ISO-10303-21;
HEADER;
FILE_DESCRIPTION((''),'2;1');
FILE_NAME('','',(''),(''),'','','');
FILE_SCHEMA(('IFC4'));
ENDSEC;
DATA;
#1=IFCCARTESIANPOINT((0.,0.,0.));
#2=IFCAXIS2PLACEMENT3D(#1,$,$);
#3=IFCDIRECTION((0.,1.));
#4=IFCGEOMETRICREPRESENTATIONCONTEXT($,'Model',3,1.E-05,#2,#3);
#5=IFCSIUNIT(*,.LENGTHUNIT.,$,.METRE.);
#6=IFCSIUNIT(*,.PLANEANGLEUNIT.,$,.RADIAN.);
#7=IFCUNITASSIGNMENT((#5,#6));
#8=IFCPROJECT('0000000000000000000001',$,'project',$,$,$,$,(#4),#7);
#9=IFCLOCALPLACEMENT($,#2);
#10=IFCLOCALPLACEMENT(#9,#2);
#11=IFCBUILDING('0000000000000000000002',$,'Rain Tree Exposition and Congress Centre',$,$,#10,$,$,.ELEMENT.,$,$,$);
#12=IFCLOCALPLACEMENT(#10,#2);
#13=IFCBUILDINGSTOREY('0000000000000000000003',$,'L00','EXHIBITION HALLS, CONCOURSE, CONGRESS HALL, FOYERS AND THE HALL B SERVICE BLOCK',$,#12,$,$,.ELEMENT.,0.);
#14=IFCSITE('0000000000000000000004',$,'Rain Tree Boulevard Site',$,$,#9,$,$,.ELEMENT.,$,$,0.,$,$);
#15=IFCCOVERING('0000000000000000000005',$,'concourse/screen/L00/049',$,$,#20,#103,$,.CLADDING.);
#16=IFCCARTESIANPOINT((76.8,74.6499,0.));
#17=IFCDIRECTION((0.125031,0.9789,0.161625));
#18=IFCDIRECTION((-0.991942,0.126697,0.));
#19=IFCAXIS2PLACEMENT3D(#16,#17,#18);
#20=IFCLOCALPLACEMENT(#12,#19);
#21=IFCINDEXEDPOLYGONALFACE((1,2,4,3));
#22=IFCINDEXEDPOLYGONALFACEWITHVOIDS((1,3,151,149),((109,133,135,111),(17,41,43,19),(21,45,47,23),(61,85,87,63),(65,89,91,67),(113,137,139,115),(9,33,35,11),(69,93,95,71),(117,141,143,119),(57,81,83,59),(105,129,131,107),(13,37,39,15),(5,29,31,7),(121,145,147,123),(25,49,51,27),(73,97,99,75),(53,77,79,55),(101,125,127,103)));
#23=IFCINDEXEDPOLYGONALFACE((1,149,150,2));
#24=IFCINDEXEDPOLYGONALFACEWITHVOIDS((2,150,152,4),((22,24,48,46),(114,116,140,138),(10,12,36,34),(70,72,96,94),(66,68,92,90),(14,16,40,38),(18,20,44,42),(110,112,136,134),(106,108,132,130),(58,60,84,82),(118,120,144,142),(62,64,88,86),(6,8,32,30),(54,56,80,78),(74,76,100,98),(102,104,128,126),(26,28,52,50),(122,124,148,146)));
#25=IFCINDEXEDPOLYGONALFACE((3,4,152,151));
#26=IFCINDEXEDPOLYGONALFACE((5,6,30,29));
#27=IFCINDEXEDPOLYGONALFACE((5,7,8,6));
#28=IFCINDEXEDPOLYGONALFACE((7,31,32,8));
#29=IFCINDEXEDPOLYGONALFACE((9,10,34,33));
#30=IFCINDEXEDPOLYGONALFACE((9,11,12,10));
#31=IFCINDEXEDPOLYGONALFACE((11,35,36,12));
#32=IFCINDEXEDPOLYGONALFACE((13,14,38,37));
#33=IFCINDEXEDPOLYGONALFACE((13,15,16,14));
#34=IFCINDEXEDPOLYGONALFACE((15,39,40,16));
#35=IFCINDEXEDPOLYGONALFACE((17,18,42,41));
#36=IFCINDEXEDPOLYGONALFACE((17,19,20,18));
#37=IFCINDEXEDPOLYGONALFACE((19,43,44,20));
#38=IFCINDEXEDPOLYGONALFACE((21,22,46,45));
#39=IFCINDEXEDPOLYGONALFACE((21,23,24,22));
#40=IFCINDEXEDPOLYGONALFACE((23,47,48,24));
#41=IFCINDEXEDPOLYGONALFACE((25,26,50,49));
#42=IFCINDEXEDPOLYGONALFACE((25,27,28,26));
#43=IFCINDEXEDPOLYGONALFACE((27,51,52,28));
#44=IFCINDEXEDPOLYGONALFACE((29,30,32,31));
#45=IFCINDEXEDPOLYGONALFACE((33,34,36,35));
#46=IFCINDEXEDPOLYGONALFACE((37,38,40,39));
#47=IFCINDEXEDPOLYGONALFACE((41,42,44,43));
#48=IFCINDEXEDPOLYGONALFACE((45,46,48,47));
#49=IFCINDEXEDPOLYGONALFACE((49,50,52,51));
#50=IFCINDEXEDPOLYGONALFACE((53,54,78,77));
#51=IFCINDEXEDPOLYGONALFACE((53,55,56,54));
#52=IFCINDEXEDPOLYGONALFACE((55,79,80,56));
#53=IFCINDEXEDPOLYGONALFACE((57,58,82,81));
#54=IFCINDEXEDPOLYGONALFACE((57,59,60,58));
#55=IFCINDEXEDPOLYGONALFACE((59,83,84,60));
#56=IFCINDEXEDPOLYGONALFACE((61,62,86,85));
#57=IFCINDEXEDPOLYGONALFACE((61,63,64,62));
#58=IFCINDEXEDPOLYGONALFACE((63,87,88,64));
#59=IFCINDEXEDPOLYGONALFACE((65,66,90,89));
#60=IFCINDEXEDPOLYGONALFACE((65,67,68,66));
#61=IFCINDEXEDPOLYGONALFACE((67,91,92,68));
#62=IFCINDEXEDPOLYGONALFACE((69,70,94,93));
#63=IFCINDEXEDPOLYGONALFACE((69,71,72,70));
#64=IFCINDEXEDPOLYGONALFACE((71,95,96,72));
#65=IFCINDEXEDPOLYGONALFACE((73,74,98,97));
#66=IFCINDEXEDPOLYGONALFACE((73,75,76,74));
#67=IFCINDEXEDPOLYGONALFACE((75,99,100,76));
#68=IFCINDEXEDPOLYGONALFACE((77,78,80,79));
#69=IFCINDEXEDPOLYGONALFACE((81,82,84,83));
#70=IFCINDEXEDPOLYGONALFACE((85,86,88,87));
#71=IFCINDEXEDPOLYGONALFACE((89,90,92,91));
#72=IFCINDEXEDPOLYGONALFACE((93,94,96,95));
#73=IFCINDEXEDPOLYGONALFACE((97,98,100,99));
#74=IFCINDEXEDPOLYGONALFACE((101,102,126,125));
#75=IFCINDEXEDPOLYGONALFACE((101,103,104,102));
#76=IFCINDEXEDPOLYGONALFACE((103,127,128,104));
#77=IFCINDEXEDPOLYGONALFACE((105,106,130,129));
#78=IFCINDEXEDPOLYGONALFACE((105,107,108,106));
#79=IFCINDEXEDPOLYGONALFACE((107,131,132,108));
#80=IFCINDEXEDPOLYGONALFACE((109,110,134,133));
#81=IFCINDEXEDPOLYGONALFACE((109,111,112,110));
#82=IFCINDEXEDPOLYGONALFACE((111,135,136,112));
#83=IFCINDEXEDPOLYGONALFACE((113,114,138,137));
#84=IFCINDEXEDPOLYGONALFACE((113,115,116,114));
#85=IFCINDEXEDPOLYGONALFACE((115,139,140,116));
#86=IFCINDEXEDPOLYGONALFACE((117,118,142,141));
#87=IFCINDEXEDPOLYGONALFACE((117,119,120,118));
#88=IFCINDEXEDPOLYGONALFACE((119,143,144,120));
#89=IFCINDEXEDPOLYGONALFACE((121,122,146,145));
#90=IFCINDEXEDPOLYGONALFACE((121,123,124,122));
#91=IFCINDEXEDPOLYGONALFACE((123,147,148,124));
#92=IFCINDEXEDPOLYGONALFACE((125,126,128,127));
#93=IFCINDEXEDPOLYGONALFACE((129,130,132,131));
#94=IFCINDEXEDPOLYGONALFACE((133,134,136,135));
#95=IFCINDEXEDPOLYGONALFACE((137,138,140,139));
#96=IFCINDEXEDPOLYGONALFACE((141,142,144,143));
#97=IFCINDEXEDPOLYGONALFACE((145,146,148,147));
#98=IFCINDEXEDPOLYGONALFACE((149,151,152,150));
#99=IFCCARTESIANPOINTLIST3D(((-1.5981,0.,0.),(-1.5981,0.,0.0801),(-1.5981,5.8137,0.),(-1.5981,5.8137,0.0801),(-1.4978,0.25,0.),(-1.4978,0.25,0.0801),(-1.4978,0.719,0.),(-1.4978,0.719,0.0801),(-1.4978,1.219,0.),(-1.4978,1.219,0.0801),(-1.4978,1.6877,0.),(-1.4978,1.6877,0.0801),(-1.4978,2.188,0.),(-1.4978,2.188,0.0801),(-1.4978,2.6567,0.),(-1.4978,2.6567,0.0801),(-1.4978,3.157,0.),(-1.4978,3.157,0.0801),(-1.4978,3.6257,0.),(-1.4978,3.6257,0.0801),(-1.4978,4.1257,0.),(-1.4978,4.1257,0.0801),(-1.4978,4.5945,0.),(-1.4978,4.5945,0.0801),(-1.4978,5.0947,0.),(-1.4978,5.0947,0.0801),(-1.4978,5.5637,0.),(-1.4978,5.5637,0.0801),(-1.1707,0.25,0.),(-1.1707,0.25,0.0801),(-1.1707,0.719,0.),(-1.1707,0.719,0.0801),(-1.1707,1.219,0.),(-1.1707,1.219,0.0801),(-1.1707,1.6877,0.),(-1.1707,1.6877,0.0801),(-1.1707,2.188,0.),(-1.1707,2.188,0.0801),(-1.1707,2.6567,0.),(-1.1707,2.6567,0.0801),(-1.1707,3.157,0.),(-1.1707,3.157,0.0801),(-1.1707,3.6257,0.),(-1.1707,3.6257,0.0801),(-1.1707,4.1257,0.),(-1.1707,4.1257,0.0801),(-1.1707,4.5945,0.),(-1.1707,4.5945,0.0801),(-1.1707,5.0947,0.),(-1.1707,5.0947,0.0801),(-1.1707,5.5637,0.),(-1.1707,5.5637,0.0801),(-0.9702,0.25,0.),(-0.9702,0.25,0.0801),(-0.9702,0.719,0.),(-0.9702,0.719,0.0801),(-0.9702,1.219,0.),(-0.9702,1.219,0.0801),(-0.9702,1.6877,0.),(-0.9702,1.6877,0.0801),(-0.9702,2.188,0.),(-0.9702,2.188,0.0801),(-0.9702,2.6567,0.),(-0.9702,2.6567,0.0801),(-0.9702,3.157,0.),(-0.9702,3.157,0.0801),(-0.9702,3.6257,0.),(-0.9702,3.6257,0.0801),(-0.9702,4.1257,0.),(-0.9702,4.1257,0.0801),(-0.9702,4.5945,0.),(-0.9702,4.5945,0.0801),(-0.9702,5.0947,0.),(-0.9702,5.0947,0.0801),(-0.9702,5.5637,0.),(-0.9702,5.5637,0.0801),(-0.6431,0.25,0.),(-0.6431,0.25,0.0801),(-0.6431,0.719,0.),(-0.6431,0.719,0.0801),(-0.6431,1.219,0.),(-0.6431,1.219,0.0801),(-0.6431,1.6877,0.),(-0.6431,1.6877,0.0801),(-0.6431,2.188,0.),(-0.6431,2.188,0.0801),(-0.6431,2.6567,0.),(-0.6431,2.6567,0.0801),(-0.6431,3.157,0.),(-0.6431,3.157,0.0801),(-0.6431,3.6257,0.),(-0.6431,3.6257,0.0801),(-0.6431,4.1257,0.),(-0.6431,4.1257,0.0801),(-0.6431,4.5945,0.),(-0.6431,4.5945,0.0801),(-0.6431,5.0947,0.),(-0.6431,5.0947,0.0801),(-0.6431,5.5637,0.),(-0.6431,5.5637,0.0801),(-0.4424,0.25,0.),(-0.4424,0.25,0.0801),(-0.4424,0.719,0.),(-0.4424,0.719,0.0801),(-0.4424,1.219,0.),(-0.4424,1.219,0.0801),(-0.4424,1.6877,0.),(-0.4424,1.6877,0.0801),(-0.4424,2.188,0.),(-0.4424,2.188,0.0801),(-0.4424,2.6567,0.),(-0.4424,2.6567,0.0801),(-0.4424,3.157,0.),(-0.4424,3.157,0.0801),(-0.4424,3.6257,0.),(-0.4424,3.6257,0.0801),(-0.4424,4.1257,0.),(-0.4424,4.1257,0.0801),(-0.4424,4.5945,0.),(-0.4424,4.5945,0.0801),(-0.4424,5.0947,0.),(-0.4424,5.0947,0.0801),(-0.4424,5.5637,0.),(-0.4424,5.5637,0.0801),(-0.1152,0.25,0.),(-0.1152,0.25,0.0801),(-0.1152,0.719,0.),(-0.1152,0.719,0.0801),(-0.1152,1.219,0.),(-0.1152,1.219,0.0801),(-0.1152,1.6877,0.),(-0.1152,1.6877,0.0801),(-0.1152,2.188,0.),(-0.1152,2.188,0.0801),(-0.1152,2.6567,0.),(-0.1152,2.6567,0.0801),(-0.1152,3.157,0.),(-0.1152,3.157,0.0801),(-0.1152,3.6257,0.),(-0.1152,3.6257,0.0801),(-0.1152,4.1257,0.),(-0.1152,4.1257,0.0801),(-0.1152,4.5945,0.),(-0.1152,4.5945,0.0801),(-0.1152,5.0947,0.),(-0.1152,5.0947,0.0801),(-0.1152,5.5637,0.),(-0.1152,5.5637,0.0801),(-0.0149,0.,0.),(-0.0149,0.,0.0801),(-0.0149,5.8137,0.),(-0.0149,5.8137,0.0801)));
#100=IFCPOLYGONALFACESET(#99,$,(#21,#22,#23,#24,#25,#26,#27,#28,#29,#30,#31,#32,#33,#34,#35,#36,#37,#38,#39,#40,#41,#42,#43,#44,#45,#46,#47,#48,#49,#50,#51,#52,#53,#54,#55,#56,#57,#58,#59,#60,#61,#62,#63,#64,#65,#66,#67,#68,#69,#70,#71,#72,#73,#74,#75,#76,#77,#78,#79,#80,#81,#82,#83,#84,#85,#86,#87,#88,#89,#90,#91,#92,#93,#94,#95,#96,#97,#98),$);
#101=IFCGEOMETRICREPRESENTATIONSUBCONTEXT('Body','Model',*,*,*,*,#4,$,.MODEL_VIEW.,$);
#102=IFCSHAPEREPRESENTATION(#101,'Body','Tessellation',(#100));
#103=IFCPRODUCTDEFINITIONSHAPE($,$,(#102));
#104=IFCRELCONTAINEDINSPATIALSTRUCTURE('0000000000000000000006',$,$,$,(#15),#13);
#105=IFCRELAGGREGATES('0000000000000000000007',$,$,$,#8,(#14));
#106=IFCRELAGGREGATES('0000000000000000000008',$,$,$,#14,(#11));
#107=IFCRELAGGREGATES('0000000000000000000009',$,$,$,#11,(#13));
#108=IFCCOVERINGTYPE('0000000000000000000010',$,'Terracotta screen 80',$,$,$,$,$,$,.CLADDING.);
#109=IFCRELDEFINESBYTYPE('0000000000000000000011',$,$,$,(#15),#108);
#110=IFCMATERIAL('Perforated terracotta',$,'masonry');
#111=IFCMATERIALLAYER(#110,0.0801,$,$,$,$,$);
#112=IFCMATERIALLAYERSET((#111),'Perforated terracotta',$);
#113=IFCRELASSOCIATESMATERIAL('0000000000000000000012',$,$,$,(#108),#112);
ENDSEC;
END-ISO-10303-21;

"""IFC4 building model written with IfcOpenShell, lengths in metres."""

from ifc_helpers import new_model, si_unit, direction, frame, origin, place, context, subcontext, project, spatial, polyline, outline, extrude, material, layer, layer_set, type_object, element, save


model = new_model("IFC4")

# Units and contexts
model_context = context("Model", 3, precision=1e-05, world=origin(), true_north=direction((0.0, 1.0)))
body_context = subcontext(model_context, "Body", "Model", "MODEL_VIEW")
ifc_project = project(units=[si_unit("LENGTHUNIT", "METRE"), si_unit("PLANEANGLEUNIT", "RADIAN")], contexts=[model_context])

# Site, building, storey
site_placement = place(None, origin())
site = spatial("IfcSite", under=ifc_project, at=site_placement, Name="Rain Tree Boulevard Site", CompositionType="ELEMENT", RefElevation=0.0)
building_placement = place(site_placement, origin())
building = spatial("IfcBuilding", under=site, at=building_placement, Name="Rain Tree Exposition and Congress Centre", CompositionType="ELEMENT")
storey_placement = place(building_placement, origin())
storey = spatial("IfcBuildingStorey", under=building, at=storey_placement, Name="L00", Description="EXHIBITION HALLS, CONCOURSE, CONGRESS HALL, FOYERS AND THE HALL B SERVICE BLOCK", CompositionType="ELEMENT", Elevation=0.0)

# Covering
ifc_material_1 = material(Name="Perforated terracotta", Category="masonry")
ifc_layer_1 = layer(ifc_material_1, 0.0801)
ifc_layer_set_1 = layer_set([ifc_layer_1], Name="Perforated terracotta")
covering_type = type_object("IfcCoveringType", Name="Terracotta screen 80", PredefinedType="CLADDING", material=ifc_layer_set_1)
covering_1_placement = place(storey_placement, frame((76.8, 74.6499, 0.0), z_axis=(0.125031, 0.9789, 0.161625), x_axis=(-0.991942, 0.126697, 0.0)))
element("IfcCovering", 1, at=covering_1_placement, inside=storey, type_object=covering_type, Name="concourse/screen/L00/049", PredefinedType="CLADDING", context=body_context, shape_type="SweptSolid", body=[
    extrude(outline(polyline([(-0.0149, 0.0), (-1.5981, 0.0), (-1.5981, 5.8137), (-0.0149, 5.8137), (-0.0149, 0.0)]), holes=[polyline([(-0.1152, 0.25), (-0.1152, 0.719), (-0.4424, 0.719), (-0.4424, 0.25), (-0.1152, 0.25)]), polyline([(-0.1152, 1.219), (-0.1152, 1.6877), (-0.4424, 1.6877), (-0.4424, 1.219), (-0.1152, 1.219)]), polyline([(-0.1152, 2.188), (-0.1152, 2.6567), (-0.4424, 2.6567), (-0.4424, 2.188), (-0.1152, 2.188)]), polyline([(-0.1152, 3.157), (-0.1152, 3.6257), (-0.4424, 3.6257), (-0.4424, 3.157), (-0.1152, 3.157)]), polyline([(-0.1152, 4.1257), (-0.1152, 4.5945), (-0.4424, 4.5945), (-0.4424, 4.1257), (-0.1152, 4.1257)]), polyline([(-0.1152, 5.0947), (-0.1152, 5.5637), (-0.4424, 5.5637), (-0.4424, 5.0947), (-0.1152, 5.0947)]), polyline([(-0.6431, 0.25), (-0.6431, 0.719), (-0.9702, 0.719), (-0.9702, 0.25), (-0.6431, 0.25)]), polyline([(-0.6431, 1.219), (-0.6431, 1.6877), (-0.9702, 1.6877), (-0.9702, 1.219), (-0.6431, 1.219)]), polyline([(-0.6431, 2.188), (-0.6431, 2.6567), (-0.9702, 2.6567), (-0.9702, 2.188), (-0.6431, 2.188)]), polyline([(-0.6431, 3.157), (-0.6431, 3.6257), (-0.9702, 3.6257), (-0.9702, 3.157), (-0.6431, 3.157)]), polyline([(-0.6431, 4.1257), (-0.6431, 4.5945), (-0.9702, 4.5945), (-0.9702, 4.1257), (-0.6431, 4.1257)]), polyline([(-0.6431, 5.0947), (-0.6431, 5.5637), (-0.9702, 5.5637), (-0.9702, 5.0947), (-0.6431, 5.0947)]), polyline([(-1.1707, 0.25), (-1.1707, 0.719), (-1.4978, 0.719), (-1.4978, 0.25), (-1.1707, 0.25)]), polyline([(-1.1707, 1.219), (-1.1707, 1.6877), (-1.4978, 1.6877), (-1.4978, 1.219), (-1.1707, 1.219)]), polyline([(-1.1707, 2.188), (-1.1707, 2.6567), (-1.4978, 2.6567), (-1.4978, 2.188), (-1.1707, 2.188)]), polyline([(-1.1707, 3.157), (-1.1707, 3.6257), (-1.4978, 3.6257), (-1.4978, 3.157), (-1.1707, 3.157)]), polyline([(-1.1707, 4.1257), (-1.1707, 4.5945), (-1.4978, 4.5945), (-1.4978, 4.1257), (-1.1707, 4.1257)]), polyline([(-1.1707, 5.0947), (-1.1707, 5.5637), (-1.4978, 5.5637), (-1.4978, 5.0947), (-1.1707, 5.0947)])]), origin(), (0.0, 0.0, 1.0), 0.0801),
])

save(model, "model.ifc")
